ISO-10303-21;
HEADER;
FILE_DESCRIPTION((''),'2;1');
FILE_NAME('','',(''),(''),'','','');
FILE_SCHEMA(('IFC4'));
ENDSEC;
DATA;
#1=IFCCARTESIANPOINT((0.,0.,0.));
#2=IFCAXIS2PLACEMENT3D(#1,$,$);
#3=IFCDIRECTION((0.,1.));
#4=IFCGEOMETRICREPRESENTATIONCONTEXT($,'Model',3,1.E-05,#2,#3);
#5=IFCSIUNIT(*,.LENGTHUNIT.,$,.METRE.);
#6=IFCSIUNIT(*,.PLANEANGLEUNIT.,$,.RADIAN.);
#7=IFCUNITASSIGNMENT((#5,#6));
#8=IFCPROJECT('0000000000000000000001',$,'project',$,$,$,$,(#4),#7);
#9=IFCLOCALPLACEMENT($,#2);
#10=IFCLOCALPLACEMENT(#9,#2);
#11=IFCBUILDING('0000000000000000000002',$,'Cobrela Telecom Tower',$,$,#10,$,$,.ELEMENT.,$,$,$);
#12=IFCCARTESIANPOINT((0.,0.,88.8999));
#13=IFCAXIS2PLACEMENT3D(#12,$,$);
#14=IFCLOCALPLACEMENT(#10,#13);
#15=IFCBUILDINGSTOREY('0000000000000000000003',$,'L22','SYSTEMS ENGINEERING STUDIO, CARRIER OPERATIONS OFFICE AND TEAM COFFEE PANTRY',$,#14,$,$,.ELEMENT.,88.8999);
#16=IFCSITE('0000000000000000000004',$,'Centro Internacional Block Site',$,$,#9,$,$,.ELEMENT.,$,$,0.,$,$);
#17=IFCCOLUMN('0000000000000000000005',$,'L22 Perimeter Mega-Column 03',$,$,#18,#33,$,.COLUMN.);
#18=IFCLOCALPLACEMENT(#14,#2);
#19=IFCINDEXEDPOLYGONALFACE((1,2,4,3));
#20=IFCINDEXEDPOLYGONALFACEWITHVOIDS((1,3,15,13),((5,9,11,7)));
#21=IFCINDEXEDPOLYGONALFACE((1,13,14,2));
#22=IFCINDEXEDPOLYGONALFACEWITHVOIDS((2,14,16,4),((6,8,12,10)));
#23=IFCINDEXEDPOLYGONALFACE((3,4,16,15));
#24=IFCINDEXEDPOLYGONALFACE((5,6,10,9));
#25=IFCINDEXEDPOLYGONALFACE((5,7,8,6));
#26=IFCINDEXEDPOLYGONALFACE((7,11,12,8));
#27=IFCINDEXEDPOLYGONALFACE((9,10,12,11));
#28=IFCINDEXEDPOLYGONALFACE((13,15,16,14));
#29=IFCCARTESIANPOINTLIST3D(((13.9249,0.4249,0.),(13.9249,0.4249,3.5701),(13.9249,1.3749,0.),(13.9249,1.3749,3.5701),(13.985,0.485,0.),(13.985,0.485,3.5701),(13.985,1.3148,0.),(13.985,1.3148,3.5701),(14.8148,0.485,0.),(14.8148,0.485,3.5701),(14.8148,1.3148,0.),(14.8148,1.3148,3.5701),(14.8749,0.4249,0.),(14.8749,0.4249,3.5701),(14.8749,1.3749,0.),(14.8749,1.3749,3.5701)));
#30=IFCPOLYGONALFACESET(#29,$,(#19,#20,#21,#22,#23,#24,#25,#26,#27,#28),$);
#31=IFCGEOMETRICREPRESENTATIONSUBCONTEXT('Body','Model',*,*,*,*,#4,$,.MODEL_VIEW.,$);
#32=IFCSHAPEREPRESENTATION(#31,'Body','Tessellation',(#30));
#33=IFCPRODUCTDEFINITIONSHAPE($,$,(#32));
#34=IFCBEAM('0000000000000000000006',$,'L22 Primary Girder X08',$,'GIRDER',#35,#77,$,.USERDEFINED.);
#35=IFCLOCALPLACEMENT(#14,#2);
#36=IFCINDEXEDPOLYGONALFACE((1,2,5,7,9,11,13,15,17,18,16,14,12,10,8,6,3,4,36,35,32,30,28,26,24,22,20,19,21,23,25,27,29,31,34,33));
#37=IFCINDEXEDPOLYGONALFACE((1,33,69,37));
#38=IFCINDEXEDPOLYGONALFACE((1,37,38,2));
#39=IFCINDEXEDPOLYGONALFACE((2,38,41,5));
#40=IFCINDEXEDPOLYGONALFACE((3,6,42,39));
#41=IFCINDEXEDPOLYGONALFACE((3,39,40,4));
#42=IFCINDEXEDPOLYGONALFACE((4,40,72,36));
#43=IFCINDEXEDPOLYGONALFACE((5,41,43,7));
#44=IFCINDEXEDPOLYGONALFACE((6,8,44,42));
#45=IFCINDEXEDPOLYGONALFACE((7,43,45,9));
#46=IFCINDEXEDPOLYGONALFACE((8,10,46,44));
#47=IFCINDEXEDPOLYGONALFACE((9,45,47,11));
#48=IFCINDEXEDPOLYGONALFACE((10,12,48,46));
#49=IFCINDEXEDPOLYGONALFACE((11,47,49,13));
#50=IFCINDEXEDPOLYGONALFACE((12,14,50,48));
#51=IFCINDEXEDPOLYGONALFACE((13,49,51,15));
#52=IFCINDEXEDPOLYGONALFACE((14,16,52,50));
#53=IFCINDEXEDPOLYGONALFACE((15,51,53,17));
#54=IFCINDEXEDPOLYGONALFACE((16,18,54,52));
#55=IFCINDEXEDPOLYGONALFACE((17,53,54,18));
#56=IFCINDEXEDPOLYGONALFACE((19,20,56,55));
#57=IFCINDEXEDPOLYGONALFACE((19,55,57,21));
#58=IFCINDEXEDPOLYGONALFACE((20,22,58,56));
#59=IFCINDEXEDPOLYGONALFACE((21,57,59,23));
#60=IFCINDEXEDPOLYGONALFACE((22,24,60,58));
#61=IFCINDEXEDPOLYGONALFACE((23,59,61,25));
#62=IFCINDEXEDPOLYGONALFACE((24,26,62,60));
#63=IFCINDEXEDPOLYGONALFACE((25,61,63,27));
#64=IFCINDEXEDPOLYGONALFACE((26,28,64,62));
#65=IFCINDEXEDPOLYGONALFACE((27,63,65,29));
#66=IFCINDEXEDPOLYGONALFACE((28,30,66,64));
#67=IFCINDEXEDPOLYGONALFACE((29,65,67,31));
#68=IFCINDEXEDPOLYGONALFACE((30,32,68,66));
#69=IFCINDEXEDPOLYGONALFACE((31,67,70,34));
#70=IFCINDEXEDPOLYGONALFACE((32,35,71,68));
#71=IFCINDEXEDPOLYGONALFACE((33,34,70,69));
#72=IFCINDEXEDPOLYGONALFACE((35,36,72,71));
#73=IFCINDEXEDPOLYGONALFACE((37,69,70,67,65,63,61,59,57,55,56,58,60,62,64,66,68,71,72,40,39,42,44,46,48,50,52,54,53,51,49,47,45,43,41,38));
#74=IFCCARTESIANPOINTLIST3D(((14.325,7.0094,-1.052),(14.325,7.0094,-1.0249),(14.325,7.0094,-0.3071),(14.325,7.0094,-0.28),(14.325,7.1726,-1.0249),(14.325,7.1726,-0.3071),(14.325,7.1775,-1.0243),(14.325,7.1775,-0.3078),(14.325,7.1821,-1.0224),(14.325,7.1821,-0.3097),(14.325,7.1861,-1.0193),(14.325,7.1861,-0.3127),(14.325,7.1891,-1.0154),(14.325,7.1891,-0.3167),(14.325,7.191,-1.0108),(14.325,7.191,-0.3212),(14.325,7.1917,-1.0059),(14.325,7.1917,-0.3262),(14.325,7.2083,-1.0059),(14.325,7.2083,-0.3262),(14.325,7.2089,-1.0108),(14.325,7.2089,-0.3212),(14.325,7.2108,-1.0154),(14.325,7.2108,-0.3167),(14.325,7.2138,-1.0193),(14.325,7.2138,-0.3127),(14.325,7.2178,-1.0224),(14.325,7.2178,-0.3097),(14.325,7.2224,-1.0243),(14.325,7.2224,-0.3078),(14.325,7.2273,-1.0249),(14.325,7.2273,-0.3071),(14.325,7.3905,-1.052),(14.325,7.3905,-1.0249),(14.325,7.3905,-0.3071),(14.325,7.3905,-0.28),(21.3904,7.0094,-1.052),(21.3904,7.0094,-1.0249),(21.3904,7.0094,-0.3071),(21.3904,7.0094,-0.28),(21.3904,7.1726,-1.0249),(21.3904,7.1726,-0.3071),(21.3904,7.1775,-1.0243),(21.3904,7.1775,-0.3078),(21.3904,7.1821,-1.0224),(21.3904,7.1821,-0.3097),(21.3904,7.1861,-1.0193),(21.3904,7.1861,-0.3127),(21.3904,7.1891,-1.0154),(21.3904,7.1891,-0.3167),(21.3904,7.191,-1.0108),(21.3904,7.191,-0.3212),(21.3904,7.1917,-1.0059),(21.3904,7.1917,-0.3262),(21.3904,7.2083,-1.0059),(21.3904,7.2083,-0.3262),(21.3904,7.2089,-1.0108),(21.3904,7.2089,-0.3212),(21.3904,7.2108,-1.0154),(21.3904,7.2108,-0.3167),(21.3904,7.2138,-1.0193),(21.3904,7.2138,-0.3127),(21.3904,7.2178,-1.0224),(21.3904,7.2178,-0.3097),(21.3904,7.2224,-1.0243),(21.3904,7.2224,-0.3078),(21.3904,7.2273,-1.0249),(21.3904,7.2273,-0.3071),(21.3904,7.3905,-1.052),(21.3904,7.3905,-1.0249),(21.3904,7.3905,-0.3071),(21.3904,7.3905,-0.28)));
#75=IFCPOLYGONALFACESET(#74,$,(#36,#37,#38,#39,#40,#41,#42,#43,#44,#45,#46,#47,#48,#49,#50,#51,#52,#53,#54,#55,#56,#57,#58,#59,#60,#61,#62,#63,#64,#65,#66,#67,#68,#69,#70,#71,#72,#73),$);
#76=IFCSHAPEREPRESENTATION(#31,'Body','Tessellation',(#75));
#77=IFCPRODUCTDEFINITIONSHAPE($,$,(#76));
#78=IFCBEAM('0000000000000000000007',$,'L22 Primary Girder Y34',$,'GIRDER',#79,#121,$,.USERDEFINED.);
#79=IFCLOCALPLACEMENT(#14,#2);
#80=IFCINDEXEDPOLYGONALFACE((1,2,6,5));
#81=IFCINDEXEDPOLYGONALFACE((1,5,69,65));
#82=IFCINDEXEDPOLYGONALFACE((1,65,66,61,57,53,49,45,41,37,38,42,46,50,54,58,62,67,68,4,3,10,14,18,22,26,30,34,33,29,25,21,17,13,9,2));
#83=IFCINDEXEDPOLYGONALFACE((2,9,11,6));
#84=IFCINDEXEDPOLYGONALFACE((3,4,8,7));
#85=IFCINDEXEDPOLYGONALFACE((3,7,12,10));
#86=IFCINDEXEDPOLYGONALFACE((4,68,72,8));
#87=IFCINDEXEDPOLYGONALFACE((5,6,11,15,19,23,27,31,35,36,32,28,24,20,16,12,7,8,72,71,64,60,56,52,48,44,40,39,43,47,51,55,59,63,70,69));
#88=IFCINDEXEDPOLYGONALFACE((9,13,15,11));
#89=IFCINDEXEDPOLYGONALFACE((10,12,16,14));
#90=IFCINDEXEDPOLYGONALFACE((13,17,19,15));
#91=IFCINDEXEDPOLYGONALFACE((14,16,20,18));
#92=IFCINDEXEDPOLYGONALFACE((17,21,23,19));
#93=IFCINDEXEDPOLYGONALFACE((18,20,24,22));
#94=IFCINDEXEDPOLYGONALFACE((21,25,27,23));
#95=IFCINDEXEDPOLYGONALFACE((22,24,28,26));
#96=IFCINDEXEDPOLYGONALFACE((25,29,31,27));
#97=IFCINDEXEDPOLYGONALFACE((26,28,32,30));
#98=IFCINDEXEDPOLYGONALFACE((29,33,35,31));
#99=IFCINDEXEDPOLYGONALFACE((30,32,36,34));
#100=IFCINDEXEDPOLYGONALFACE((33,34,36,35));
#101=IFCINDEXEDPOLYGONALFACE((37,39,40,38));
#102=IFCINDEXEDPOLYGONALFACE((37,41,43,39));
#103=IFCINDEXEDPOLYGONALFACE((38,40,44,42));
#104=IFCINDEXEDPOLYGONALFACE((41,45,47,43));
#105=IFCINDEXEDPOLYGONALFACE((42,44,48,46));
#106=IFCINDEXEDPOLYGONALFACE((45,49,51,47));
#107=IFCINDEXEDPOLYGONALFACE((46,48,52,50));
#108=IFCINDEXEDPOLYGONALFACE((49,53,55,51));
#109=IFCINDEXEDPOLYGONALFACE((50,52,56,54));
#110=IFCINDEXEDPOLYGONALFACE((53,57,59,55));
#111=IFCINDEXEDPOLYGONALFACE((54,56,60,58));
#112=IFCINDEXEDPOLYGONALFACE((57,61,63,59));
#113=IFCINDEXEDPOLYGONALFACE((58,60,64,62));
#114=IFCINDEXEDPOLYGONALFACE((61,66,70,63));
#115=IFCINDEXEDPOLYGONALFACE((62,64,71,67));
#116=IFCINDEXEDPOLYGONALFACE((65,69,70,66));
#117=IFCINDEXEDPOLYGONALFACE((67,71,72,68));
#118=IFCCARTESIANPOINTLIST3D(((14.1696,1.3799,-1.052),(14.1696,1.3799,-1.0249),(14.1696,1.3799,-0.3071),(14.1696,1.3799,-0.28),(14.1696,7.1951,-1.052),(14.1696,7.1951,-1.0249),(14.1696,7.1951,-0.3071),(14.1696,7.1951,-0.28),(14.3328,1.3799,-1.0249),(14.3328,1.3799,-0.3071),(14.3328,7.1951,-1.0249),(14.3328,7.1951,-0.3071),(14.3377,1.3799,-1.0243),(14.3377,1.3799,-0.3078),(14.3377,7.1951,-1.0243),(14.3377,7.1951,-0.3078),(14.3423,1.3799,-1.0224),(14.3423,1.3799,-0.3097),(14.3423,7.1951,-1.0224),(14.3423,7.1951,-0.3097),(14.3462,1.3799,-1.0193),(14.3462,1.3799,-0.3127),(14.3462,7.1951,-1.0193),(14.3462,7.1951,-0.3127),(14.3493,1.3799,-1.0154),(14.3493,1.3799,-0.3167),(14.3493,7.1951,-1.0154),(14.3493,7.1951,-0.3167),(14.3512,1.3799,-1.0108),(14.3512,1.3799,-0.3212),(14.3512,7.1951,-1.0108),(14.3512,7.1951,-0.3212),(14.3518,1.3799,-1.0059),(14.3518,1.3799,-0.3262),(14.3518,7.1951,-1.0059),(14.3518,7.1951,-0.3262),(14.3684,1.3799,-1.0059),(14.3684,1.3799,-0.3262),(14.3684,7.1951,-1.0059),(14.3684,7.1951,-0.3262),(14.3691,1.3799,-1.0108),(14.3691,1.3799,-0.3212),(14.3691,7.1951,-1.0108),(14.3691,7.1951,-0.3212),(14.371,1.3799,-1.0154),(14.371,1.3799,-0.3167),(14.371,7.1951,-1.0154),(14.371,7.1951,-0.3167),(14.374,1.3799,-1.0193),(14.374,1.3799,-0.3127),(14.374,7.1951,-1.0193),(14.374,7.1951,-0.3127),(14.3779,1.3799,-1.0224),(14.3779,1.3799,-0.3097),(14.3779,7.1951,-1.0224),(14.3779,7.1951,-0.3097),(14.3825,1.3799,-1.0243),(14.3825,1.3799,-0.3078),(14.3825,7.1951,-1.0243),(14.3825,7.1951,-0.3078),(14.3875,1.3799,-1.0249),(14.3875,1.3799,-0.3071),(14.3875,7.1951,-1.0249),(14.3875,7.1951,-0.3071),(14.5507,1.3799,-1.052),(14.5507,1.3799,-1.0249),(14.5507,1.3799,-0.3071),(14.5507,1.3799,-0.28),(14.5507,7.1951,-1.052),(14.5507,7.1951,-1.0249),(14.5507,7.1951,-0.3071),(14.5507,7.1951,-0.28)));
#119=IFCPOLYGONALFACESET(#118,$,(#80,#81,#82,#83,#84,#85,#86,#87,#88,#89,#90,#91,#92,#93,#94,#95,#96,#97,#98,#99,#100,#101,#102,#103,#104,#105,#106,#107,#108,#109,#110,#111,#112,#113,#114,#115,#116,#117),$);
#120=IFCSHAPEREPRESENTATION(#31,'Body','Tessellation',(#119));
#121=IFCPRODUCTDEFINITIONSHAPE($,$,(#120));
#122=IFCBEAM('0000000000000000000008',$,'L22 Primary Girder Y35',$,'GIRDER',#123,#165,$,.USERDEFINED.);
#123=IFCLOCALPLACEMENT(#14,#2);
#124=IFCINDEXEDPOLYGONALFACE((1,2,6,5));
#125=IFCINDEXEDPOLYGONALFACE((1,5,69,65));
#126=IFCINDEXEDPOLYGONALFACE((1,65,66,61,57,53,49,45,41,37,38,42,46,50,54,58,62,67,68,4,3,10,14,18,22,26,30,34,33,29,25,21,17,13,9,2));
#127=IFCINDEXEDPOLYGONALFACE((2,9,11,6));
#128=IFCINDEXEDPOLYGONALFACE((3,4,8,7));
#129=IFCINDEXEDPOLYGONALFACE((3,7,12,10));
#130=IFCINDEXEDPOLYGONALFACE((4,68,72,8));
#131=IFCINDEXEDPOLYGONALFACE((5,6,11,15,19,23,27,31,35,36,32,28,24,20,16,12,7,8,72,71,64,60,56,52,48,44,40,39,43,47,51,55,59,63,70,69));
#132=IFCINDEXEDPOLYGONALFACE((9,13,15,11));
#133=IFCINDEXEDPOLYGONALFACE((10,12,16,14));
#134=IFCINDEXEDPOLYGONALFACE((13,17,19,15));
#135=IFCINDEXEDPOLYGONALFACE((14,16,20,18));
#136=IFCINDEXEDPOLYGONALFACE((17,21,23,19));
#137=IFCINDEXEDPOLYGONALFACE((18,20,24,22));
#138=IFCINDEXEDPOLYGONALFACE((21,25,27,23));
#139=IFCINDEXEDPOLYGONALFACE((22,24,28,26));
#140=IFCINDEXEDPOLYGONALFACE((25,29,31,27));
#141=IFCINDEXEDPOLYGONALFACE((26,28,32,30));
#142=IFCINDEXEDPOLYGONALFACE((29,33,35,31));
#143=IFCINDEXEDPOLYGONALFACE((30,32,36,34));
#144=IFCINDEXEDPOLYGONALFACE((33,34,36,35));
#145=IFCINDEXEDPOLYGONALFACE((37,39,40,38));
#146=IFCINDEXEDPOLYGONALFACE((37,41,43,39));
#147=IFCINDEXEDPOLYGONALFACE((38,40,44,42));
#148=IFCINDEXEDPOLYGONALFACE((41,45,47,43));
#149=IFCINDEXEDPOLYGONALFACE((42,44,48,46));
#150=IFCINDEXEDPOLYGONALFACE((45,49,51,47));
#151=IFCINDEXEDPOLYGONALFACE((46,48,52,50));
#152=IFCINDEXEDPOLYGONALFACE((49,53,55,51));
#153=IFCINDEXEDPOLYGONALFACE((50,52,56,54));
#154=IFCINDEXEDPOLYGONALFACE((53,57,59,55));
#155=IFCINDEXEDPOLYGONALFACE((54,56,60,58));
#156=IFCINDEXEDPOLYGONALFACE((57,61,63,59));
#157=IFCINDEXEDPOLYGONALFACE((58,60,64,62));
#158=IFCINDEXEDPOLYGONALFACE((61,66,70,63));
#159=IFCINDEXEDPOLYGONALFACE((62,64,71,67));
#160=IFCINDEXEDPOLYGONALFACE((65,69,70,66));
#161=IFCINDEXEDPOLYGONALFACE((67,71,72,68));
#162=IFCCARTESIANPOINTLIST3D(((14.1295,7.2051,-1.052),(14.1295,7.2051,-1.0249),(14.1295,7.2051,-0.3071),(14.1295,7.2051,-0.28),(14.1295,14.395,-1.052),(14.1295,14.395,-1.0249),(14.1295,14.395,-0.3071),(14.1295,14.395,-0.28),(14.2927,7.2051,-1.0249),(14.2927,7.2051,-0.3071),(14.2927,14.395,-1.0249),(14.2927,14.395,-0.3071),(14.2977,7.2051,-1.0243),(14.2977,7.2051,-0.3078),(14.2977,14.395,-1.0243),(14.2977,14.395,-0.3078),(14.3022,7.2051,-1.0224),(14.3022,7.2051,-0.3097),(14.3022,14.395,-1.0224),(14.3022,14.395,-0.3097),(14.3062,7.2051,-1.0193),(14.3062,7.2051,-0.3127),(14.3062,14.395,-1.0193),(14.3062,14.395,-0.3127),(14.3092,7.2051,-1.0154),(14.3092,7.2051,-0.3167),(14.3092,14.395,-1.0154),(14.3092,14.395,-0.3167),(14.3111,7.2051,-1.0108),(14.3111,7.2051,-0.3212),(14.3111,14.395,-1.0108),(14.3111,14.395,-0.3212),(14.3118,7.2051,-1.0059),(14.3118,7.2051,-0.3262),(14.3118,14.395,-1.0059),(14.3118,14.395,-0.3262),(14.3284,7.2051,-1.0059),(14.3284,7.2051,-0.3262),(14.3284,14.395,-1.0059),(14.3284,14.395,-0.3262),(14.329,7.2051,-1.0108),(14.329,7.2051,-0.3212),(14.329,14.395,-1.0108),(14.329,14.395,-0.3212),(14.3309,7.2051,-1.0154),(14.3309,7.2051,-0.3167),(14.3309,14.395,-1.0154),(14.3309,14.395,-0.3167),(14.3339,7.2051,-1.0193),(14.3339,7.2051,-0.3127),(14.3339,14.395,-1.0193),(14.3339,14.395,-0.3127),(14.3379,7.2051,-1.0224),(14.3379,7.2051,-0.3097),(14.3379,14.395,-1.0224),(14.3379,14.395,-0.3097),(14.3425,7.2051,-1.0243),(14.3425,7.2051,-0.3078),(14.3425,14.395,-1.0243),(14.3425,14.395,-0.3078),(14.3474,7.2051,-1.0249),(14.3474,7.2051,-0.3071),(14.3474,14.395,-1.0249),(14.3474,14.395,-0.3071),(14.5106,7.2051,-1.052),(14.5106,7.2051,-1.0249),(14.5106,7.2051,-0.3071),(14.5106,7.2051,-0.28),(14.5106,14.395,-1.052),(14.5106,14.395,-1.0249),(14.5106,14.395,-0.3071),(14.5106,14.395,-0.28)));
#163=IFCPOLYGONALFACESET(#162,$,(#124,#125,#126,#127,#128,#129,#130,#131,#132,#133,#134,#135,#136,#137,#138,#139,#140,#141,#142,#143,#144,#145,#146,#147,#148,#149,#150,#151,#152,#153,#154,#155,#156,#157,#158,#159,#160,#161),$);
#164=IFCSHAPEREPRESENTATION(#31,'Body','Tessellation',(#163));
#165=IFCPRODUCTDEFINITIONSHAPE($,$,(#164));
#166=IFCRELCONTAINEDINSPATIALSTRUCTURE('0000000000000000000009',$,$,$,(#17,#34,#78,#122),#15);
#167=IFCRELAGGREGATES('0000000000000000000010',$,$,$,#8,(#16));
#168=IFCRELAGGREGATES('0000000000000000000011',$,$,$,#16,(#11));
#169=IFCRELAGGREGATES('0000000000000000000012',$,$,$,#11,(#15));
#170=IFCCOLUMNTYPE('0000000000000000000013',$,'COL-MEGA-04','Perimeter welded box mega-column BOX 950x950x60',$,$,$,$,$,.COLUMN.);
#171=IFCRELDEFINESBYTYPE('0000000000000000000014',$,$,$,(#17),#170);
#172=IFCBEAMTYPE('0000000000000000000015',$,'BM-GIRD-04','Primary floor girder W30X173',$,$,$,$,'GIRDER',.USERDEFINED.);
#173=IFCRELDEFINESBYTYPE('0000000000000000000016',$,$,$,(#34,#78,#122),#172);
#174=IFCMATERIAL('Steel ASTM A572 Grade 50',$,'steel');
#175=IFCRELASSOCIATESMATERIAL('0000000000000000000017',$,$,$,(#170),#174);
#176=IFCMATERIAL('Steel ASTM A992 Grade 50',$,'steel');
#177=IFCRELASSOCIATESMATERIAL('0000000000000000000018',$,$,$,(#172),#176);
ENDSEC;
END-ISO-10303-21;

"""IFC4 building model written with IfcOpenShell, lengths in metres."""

from ifc_helpers import new_model, si_unit, direction, frame, origin, origin_2d, place, context, subcontext, project, spatial, hollow_rectangle, i_section, extrude, material, material_profile, profile_set, type_object, element, save


model = new_model("IFC4")

# Units and contexts
model_context = context("Model", 3, precision=1e-05, world=origin(), true_north=direction((0.0, 1.0)))
body_context = subcontext(model_context, "Body", "Model", "MODEL_VIEW")
ifc_project = project(units=[si_unit("LENGTHUNIT", "METRE"), si_unit("PLANEANGLEUNIT", "RADIAN")], contexts=[model_context])

# Site, building, storey
site_placement = place(None, origin())
site = spatial("IfcSite", under=ifc_project, at=site_placement, Name="Centro Internacional Block Site", CompositionType="ELEMENT", RefElevation=0.0)
building_placement = place(site_placement, origin())
building = spatial("IfcBuilding", under=site, at=building_placement, Name="Cobrela Telecom Tower", CompositionType="ELEMENT")
storey_placement = place(building_placement, frame((0.0, 0.0, 88.8999)))
storey = spatial("IfcBuildingStorey", under=building, at=storey_placement, Name="L22", Description="SYSTEMS ENGINEERING STUDIO, CARRIER OPERATIONS OFFICE AND TEAM COFFEE PANTRY", CompositionType="ELEMENT", Elevation=88.8999)

# Column
ifc_material_1 = material(Name="Steel ASTM A572 Grade 50", Category="steel")
ifc_material_profile_1 = material_profile(ifc_material_1, hollow_rectangle(XDim=0.95, YDim=0.95, WallThickness=0.0601, at=origin_2d()), Name="BOX 950x950x60")
ifc_profile_set_1 = profile_set([ifc_material_profile_1], Name="Steel ASTM A572 Grade 50")
column_type = type_object("IfcColumnType", Name="COL-MEGA-04", Description="Perimeter welded box mega-column BOX 950x950x60", PredefinedType="COLUMN", material=ifc_profile_set_1)
column_placement = place(storey_placement, frame((14.3999, 0.8999, 0.0), z_axis=(0.0, 0.0, 1.0), x_axis=(1.0, 0.0, 0.0)))
element("IfcColumn", 1, at=column_placement, inside=storey, type_object=column_type, Name="L22 Perimeter Mega-Column 03", PredefinedType="COLUMN", context=body_context, shape_type="SweptSolid", body=[
    extrude(hollow_rectangle(XDim=0.95, YDim=0.95, WallThickness=0.0601, at=origin_2d()), origin(), (0.0, 0.0, 1.0), 3.5701),
])

# Beams
ifc_material_2 = material(Name="Steel ASTM A992 Grade 50", Category="steel")
ifc_material_profile_2 = material_profile(ifc_material_2, i_section(OverallWidth=0.3811, OverallDepth=0.772, WebThickness=0.0166, FlangeThickness=0.0271, FilletRadius=0.019, at=origin_2d()), Name="W30X173")
ifc_profile_set_2 = profile_set([ifc_material_profile_2], Name="Steel ASTM A992 Grade 50")
beam_type_1 = type_object("IfcBeamType", Name="BM-GIRD-04", Description="Primary floor girder W30X173", ElementType="GIRDER", PredefinedType="USERDEFINED", material=ifc_profile_set_2)
beam_1_placement = place(storey_placement, frame((14.325, 7.2, -0.666), z_axis=(1.0, 0.0, 0.0), x_axis=(0.0, 1.0, 0.0)))
element("IfcBeam", 2, at=beam_1_placement, inside=storey, type_object=beam_type_1, Name="L22 Primary Girder X08", ObjectType="GIRDER", PredefinedType="USERDEFINED", context=body_context, shape_type="SweptSolid", body=[
    extrude(i_section(OverallWidth=0.3811, OverallDepth=0.772, WebThickness=0.0166, FlangeThickness=0.0271, FilletRadius=0.019, at=origin_2d()), origin(), (0.0, 0.0, 1.0), 7.0654),
])
beam_2_placement = place(storey_placement, frame((14.3601, 1.3799, -0.666), z_axis=(0.0, 1.0, 0.0), x_axis=(-1.0, 0.0, 0.0)))
element("IfcBeam", 3, at=beam_2_placement, inside=storey, type_object=beam_type_1, Name="L22 Primary Girder Y34", ObjectType="GIRDER", PredefinedType="USERDEFINED", context=body_context, shape_type="SweptSolid", body=[
    extrude(i_section(OverallWidth=0.3811, OverallDepth=0.772, WebThickness=0.0166, FlangeThickness=0.0271, FilletRadius=0.019, at=origin_2d()), origin(), (0.0, 0.0, 1.0), 5.8152),
])
beam_3_placement = place(storey_placement, frame((14.3201, 7.2051, -0.666), z_axis=(0.0, 1.0, 0.0), x_axis=(-1.0, 0.0, 0.0)))
element("IfcBeam", 4, at=beam_3_placement, inside=storey, type_object=beam_type_1, Name="L22 Primary Girder Y35", ObjectType="GIRDER", PredefinedType="USERDEFINED", context=body_context, shape_type="SweptSolid", body=[
    extrude(i_section(OverallWidth=0.3811, OverallDepth=0.772, WebThickness=0.0166, FlangeThickness=0.0271, FilletRadius=0.019, at=origin_2d()), origin(), (0.0, 0.0, 1.0), 7.1899),
])

save(model, "model.ifc")
